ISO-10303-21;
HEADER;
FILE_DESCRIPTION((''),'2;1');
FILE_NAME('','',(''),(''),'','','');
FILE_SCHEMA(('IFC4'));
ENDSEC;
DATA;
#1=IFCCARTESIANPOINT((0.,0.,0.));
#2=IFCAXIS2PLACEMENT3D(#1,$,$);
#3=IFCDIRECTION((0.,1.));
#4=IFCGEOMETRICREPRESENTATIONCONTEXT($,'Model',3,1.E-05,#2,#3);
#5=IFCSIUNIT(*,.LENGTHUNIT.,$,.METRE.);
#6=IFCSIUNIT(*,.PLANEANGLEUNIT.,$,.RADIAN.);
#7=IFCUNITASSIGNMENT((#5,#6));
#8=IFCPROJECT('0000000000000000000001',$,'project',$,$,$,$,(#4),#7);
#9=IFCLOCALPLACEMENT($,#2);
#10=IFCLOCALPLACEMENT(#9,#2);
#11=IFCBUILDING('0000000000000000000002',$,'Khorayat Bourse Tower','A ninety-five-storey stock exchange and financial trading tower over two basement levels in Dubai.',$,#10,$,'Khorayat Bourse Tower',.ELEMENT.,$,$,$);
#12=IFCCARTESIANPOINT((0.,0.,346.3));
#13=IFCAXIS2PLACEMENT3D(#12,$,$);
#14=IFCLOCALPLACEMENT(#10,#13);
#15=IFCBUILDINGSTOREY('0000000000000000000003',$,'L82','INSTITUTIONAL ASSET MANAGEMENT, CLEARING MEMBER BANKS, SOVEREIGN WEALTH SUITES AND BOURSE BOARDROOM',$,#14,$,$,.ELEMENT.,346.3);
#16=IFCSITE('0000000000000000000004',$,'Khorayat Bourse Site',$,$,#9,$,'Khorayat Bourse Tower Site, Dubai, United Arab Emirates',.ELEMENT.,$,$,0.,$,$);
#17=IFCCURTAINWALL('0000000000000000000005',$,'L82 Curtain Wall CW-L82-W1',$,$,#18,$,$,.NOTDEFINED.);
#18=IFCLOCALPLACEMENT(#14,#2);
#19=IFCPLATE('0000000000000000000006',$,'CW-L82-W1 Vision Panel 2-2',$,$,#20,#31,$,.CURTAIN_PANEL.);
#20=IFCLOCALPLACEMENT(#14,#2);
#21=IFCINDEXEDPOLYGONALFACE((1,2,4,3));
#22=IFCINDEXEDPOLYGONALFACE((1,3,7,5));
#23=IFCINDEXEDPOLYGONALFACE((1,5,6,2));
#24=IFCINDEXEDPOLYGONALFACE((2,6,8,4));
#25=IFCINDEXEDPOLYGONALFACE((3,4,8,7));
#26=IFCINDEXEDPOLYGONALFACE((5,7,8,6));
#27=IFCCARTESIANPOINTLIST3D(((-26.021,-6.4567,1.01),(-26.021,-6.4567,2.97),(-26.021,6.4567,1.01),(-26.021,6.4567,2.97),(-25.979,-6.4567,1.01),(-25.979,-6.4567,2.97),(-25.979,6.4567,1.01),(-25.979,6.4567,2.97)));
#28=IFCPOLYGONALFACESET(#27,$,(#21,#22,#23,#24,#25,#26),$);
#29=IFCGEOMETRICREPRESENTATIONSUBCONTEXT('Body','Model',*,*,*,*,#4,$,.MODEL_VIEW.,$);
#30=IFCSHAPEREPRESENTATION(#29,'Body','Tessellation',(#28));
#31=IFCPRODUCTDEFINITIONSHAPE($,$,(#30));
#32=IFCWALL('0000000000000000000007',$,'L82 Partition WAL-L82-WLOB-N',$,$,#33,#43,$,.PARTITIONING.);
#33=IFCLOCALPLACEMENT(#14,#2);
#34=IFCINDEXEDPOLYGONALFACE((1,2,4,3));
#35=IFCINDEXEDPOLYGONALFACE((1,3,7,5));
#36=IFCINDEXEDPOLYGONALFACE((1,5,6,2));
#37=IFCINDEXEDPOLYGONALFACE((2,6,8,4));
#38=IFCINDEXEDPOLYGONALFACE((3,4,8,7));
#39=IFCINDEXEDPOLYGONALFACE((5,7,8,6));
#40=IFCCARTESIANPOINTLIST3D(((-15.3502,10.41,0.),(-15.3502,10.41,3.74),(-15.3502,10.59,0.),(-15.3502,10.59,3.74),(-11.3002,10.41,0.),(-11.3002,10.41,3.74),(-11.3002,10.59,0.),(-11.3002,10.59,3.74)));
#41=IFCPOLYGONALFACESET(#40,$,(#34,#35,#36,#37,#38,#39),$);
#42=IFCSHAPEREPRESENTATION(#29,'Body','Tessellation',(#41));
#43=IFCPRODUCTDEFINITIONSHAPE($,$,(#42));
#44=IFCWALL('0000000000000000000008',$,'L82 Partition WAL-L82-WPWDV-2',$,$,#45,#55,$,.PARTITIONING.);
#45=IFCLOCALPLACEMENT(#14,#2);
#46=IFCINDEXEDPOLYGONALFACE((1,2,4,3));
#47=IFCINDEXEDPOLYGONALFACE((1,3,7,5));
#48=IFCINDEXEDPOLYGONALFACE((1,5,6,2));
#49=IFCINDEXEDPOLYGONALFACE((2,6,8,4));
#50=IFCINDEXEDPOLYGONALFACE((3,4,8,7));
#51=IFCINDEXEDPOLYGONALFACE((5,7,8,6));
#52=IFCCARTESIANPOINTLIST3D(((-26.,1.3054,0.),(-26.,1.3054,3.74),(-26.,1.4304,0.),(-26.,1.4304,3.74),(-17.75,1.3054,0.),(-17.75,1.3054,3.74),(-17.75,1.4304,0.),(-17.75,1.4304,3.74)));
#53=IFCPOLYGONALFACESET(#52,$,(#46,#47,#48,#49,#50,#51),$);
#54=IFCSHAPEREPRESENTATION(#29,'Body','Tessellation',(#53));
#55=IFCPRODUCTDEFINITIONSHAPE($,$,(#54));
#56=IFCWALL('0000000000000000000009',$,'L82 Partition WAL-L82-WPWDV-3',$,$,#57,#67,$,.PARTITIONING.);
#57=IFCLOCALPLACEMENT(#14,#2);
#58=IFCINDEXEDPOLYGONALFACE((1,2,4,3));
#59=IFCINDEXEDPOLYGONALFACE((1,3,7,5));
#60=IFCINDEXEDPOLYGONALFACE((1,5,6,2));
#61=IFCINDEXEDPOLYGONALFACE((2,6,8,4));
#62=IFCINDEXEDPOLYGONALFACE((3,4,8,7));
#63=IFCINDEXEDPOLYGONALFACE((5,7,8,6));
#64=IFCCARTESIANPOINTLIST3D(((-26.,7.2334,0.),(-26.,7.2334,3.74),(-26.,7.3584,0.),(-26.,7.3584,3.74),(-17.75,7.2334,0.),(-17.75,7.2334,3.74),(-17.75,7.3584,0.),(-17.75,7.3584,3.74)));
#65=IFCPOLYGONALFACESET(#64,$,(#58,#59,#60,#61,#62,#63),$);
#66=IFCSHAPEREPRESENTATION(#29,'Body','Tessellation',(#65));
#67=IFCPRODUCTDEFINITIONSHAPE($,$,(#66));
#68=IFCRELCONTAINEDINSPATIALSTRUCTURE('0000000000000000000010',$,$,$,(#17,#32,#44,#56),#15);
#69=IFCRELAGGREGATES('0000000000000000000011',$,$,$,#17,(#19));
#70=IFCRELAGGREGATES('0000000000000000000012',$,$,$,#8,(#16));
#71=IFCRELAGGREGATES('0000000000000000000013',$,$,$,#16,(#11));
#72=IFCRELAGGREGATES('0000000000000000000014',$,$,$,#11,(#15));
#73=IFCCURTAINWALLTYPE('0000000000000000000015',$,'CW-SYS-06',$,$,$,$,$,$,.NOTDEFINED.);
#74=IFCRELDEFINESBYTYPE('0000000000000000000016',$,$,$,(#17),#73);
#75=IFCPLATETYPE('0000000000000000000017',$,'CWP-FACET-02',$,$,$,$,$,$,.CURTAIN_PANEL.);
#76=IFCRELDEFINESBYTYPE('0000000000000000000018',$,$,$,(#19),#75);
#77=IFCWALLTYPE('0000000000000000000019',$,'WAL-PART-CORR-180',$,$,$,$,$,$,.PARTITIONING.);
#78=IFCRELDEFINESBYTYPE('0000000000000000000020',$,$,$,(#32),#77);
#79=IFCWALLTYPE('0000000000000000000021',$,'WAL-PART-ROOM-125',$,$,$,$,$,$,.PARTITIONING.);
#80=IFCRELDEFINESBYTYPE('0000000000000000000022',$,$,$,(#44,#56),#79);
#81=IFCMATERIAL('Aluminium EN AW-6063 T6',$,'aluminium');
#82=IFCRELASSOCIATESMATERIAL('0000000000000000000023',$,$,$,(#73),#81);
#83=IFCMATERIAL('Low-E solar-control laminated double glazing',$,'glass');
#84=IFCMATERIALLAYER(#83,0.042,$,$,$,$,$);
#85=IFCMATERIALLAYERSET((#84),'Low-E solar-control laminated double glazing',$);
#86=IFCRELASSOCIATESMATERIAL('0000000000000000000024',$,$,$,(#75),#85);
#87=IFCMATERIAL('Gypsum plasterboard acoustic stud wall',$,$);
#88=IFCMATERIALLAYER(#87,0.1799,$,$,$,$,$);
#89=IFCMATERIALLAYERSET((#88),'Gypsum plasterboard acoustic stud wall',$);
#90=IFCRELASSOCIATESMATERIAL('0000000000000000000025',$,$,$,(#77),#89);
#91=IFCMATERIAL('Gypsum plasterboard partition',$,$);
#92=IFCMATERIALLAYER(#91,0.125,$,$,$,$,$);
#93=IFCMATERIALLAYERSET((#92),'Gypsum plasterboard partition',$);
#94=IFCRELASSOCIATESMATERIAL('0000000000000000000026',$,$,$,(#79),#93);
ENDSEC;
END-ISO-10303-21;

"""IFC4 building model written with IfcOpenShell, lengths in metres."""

from ifc_helpers import new_model, si_unit, direction, frame, frame_2d, origin, origin_2d, place, context, subcontext, project, spatial, rectangle, extrude, source, transform, mapped, material, layer, layer_set, type_object, element, aggregate, save


model = new_model("IFC4")

# Units and contexts
model_context = context("Model", 3, precision=1e-05, world=origin(), true_north=direction((0.0, 1.0)))
body_context = subcontext(model_context, "Body", "Model", "MODEL_VIEW")
ifc_project = project(units=[si_unit("LENGTHUNIT", "METRE"), si_unit("PLANEANGLEUNIT", "RADIAN")], contexts=[model_context])

# Site, building, storey
site_placement = place(None, origin())
site = spatial("IfcSite", under=ifc_project, at=site_placement, Name="Khorayat Bourse Site", LongName="Khorayat Bourse Tower Site, Dubai, United Arab Emirates", CompositionType="ELEMENT", RefElevation=0.0)
building_placement = place(site_placement, origin())
building = spatial("IfcBuilding", under=site, at=building_placement, Name="Khorayat Bourse Tower", Description="A ninety-five-storey stock exchange and financial trading tower over two basement levels in Dubai.", LongName="Khorayat Bourse Tower", CompositionType="ELEMENT")
storey_placement = place(building_placement, frame((0.0, 0.0, 346.3)))
storey = spatial("IfcBuildingStorey", under=building, at=storey_placement, Name="L82", Description="INSTITUTIONAL ASSET MANAGEMENT, CLEARING MEMBER BANKS, SOVEREIGN WEALTH SUITES AND BOURSE BOARDROOM", CompositionType="ELEMENT", Elevation=346.3)

# Curtain wall
ifc_material_1 = material(Name="Aluminium EN AW-6063 T6", Category="aluminium")
curtain_wall_type = type_object("IfcCurtainWallType", Name="CW-SYS-06", PredefinedType="NOTDEFINED", material=ifc_material_1)
curtain_wall_placement = place(storey_placement, origin())
curtain_wall = element("IfcCurtainWall", 1, at=curtain_wall_placement, inside=storey, type_object=curtain_wall_type, Name="L82 Curtain Wall CW-L82-W1", PredefinedType="NOTDEFINED")

# Plate
ifc_material_2 = material(Name="Low-E solar-control laminated double glazing", Category="glass")
ifc_layer_1 = layer(ifc_material_2, 0.042)
ifc_layer_set_1 = layer_set([ifc_layer_1], Name="Low-E solar-control laminated double glazing")
plate_type_1 = type_object("IfcPlateType", Name="CWP-FACET-02", PredefinedType="CURTAIN_PANEL", material=ifc_layer_set_1)
shared_shape_1 = source(origin(), body_context, "Body", "SweptSolid", [
    extrude(rectangle(XDim=12.9133, YDim=0.042, at=origin_2d()), origin(), (0.0, 0.0, 1.0), 1.96),
])
plate_1_placement = place(storey_placement, frame((-26.0, 0.0, 1.01), z_axis=(0.0, 0.0, 1.0), x_axis=(0.0, -1.0, 0.0)))
plate_1 = element("IfcPlate", 2, at=plate_1_placement, type_object=plate_type_1, Name="CW-L82-W1 Vision Panel 2-2", PredefinedType="CURTAIN_PANEL", context=body_context, shape_type="MappedRepresentation", body=[
    mapped(shared_shape_1, transform((0.0, 0.0, 0.0), scale=1.0)),
])
aggregate(curtain_wall, [plate_1])

# Walls
ifc_material_3 = material(Name="Gypsum plasterboard acoustic stud wall")
ifc_layer_2 = layer(ifc_material_3, 0.1799)
ifc_layer_set_2 = layer_set([ifc_layer_2], Name="Gypsum plasterboard acoustic stud wall")
wall_type_1 = type_object("IfcWallType", Name="WAL-PART-CORR-180", PredefinedType="PARTITIONING", material=ifc_layer_set_2)
shared_shape_2 = source(origin(), body_context, "Body", "SweptSolid", [
    extrude(rectangle(XDim=4.05, YDim=0.1799, at=frame_2d((2.0249, 0.0))), origin(), (0.0, 0.0, 1.0), 3.74),
])
wall_placement = place(storey_placement, frame((-15.3501, 10.5, 0.0), z_axis=(0.0, 0.0, 1.0), x_axis=(1.0, 0.0, 0.0)))
element("IfcWall", 3, at=wall_placement, inside=storey, type_object=wall_type_1, Name="L82 Partition WAL-L82-WLOB-N", PredefinedType="PARTITIONING", context=body_context, shape_type="MappedRepresentation", body=[
    mapped(shared_shape_2, transform((0.0, 0.0, 0.0), scale=1.0)),
])
ifc_material_4 = material(Name="Gypsum plasterboard partition")
ifc_layer_3 = layer(ifc_material_4, 0.125)
ifc_layer_set_3 = layer_set([ifc_layer_3], Name="Gypsum plasterboard partition")
wall_type_2 = type_object("IfcWallType", Name="WAL-PART-ROOM-125", PredefinedType="PARTITIONING", material=ifc_layer_set_3)
shared_shape_3 = source(origin(), body_context, "Body", "SweptSolid", [
    extrude(rectangle(XDim=8.25, YDim=0.125, at=frame_2d((4.125, 0.0))), origin(), (0.0, 0.0, 1.0), 3.74),
])
for number, where, z_axis, x_axis, name in (
    (4, (-26.0, 1.3679, 0.0), (0.0, 0.0, 1.0), (1.0, 0.0, 0.0), "L82 Partition WAL-L82-WPWDV-2"),
    (5, (-26.0, 7.2959, 0.0), (0.0, 0.0, 1.0), (1.0, 0.0, 0.0), "L82 Partition WAL-L82-WPWDV-3"),
):
    element("IfcWall", number, at=place(storey_placement, frame(where, z_axis=z_axis, x_axis=x_axis)), inside=storey, type_object=wall_type_2, Name=name, PredefinedType="PARTITIONING", context=body_context, shape_type="MappedRepresentation", body=[
        mapped(shared_shape_3, transform((0.0, 0.0, 0.0), scale=1.0)),
    ])

save(model, "model.ifc")
